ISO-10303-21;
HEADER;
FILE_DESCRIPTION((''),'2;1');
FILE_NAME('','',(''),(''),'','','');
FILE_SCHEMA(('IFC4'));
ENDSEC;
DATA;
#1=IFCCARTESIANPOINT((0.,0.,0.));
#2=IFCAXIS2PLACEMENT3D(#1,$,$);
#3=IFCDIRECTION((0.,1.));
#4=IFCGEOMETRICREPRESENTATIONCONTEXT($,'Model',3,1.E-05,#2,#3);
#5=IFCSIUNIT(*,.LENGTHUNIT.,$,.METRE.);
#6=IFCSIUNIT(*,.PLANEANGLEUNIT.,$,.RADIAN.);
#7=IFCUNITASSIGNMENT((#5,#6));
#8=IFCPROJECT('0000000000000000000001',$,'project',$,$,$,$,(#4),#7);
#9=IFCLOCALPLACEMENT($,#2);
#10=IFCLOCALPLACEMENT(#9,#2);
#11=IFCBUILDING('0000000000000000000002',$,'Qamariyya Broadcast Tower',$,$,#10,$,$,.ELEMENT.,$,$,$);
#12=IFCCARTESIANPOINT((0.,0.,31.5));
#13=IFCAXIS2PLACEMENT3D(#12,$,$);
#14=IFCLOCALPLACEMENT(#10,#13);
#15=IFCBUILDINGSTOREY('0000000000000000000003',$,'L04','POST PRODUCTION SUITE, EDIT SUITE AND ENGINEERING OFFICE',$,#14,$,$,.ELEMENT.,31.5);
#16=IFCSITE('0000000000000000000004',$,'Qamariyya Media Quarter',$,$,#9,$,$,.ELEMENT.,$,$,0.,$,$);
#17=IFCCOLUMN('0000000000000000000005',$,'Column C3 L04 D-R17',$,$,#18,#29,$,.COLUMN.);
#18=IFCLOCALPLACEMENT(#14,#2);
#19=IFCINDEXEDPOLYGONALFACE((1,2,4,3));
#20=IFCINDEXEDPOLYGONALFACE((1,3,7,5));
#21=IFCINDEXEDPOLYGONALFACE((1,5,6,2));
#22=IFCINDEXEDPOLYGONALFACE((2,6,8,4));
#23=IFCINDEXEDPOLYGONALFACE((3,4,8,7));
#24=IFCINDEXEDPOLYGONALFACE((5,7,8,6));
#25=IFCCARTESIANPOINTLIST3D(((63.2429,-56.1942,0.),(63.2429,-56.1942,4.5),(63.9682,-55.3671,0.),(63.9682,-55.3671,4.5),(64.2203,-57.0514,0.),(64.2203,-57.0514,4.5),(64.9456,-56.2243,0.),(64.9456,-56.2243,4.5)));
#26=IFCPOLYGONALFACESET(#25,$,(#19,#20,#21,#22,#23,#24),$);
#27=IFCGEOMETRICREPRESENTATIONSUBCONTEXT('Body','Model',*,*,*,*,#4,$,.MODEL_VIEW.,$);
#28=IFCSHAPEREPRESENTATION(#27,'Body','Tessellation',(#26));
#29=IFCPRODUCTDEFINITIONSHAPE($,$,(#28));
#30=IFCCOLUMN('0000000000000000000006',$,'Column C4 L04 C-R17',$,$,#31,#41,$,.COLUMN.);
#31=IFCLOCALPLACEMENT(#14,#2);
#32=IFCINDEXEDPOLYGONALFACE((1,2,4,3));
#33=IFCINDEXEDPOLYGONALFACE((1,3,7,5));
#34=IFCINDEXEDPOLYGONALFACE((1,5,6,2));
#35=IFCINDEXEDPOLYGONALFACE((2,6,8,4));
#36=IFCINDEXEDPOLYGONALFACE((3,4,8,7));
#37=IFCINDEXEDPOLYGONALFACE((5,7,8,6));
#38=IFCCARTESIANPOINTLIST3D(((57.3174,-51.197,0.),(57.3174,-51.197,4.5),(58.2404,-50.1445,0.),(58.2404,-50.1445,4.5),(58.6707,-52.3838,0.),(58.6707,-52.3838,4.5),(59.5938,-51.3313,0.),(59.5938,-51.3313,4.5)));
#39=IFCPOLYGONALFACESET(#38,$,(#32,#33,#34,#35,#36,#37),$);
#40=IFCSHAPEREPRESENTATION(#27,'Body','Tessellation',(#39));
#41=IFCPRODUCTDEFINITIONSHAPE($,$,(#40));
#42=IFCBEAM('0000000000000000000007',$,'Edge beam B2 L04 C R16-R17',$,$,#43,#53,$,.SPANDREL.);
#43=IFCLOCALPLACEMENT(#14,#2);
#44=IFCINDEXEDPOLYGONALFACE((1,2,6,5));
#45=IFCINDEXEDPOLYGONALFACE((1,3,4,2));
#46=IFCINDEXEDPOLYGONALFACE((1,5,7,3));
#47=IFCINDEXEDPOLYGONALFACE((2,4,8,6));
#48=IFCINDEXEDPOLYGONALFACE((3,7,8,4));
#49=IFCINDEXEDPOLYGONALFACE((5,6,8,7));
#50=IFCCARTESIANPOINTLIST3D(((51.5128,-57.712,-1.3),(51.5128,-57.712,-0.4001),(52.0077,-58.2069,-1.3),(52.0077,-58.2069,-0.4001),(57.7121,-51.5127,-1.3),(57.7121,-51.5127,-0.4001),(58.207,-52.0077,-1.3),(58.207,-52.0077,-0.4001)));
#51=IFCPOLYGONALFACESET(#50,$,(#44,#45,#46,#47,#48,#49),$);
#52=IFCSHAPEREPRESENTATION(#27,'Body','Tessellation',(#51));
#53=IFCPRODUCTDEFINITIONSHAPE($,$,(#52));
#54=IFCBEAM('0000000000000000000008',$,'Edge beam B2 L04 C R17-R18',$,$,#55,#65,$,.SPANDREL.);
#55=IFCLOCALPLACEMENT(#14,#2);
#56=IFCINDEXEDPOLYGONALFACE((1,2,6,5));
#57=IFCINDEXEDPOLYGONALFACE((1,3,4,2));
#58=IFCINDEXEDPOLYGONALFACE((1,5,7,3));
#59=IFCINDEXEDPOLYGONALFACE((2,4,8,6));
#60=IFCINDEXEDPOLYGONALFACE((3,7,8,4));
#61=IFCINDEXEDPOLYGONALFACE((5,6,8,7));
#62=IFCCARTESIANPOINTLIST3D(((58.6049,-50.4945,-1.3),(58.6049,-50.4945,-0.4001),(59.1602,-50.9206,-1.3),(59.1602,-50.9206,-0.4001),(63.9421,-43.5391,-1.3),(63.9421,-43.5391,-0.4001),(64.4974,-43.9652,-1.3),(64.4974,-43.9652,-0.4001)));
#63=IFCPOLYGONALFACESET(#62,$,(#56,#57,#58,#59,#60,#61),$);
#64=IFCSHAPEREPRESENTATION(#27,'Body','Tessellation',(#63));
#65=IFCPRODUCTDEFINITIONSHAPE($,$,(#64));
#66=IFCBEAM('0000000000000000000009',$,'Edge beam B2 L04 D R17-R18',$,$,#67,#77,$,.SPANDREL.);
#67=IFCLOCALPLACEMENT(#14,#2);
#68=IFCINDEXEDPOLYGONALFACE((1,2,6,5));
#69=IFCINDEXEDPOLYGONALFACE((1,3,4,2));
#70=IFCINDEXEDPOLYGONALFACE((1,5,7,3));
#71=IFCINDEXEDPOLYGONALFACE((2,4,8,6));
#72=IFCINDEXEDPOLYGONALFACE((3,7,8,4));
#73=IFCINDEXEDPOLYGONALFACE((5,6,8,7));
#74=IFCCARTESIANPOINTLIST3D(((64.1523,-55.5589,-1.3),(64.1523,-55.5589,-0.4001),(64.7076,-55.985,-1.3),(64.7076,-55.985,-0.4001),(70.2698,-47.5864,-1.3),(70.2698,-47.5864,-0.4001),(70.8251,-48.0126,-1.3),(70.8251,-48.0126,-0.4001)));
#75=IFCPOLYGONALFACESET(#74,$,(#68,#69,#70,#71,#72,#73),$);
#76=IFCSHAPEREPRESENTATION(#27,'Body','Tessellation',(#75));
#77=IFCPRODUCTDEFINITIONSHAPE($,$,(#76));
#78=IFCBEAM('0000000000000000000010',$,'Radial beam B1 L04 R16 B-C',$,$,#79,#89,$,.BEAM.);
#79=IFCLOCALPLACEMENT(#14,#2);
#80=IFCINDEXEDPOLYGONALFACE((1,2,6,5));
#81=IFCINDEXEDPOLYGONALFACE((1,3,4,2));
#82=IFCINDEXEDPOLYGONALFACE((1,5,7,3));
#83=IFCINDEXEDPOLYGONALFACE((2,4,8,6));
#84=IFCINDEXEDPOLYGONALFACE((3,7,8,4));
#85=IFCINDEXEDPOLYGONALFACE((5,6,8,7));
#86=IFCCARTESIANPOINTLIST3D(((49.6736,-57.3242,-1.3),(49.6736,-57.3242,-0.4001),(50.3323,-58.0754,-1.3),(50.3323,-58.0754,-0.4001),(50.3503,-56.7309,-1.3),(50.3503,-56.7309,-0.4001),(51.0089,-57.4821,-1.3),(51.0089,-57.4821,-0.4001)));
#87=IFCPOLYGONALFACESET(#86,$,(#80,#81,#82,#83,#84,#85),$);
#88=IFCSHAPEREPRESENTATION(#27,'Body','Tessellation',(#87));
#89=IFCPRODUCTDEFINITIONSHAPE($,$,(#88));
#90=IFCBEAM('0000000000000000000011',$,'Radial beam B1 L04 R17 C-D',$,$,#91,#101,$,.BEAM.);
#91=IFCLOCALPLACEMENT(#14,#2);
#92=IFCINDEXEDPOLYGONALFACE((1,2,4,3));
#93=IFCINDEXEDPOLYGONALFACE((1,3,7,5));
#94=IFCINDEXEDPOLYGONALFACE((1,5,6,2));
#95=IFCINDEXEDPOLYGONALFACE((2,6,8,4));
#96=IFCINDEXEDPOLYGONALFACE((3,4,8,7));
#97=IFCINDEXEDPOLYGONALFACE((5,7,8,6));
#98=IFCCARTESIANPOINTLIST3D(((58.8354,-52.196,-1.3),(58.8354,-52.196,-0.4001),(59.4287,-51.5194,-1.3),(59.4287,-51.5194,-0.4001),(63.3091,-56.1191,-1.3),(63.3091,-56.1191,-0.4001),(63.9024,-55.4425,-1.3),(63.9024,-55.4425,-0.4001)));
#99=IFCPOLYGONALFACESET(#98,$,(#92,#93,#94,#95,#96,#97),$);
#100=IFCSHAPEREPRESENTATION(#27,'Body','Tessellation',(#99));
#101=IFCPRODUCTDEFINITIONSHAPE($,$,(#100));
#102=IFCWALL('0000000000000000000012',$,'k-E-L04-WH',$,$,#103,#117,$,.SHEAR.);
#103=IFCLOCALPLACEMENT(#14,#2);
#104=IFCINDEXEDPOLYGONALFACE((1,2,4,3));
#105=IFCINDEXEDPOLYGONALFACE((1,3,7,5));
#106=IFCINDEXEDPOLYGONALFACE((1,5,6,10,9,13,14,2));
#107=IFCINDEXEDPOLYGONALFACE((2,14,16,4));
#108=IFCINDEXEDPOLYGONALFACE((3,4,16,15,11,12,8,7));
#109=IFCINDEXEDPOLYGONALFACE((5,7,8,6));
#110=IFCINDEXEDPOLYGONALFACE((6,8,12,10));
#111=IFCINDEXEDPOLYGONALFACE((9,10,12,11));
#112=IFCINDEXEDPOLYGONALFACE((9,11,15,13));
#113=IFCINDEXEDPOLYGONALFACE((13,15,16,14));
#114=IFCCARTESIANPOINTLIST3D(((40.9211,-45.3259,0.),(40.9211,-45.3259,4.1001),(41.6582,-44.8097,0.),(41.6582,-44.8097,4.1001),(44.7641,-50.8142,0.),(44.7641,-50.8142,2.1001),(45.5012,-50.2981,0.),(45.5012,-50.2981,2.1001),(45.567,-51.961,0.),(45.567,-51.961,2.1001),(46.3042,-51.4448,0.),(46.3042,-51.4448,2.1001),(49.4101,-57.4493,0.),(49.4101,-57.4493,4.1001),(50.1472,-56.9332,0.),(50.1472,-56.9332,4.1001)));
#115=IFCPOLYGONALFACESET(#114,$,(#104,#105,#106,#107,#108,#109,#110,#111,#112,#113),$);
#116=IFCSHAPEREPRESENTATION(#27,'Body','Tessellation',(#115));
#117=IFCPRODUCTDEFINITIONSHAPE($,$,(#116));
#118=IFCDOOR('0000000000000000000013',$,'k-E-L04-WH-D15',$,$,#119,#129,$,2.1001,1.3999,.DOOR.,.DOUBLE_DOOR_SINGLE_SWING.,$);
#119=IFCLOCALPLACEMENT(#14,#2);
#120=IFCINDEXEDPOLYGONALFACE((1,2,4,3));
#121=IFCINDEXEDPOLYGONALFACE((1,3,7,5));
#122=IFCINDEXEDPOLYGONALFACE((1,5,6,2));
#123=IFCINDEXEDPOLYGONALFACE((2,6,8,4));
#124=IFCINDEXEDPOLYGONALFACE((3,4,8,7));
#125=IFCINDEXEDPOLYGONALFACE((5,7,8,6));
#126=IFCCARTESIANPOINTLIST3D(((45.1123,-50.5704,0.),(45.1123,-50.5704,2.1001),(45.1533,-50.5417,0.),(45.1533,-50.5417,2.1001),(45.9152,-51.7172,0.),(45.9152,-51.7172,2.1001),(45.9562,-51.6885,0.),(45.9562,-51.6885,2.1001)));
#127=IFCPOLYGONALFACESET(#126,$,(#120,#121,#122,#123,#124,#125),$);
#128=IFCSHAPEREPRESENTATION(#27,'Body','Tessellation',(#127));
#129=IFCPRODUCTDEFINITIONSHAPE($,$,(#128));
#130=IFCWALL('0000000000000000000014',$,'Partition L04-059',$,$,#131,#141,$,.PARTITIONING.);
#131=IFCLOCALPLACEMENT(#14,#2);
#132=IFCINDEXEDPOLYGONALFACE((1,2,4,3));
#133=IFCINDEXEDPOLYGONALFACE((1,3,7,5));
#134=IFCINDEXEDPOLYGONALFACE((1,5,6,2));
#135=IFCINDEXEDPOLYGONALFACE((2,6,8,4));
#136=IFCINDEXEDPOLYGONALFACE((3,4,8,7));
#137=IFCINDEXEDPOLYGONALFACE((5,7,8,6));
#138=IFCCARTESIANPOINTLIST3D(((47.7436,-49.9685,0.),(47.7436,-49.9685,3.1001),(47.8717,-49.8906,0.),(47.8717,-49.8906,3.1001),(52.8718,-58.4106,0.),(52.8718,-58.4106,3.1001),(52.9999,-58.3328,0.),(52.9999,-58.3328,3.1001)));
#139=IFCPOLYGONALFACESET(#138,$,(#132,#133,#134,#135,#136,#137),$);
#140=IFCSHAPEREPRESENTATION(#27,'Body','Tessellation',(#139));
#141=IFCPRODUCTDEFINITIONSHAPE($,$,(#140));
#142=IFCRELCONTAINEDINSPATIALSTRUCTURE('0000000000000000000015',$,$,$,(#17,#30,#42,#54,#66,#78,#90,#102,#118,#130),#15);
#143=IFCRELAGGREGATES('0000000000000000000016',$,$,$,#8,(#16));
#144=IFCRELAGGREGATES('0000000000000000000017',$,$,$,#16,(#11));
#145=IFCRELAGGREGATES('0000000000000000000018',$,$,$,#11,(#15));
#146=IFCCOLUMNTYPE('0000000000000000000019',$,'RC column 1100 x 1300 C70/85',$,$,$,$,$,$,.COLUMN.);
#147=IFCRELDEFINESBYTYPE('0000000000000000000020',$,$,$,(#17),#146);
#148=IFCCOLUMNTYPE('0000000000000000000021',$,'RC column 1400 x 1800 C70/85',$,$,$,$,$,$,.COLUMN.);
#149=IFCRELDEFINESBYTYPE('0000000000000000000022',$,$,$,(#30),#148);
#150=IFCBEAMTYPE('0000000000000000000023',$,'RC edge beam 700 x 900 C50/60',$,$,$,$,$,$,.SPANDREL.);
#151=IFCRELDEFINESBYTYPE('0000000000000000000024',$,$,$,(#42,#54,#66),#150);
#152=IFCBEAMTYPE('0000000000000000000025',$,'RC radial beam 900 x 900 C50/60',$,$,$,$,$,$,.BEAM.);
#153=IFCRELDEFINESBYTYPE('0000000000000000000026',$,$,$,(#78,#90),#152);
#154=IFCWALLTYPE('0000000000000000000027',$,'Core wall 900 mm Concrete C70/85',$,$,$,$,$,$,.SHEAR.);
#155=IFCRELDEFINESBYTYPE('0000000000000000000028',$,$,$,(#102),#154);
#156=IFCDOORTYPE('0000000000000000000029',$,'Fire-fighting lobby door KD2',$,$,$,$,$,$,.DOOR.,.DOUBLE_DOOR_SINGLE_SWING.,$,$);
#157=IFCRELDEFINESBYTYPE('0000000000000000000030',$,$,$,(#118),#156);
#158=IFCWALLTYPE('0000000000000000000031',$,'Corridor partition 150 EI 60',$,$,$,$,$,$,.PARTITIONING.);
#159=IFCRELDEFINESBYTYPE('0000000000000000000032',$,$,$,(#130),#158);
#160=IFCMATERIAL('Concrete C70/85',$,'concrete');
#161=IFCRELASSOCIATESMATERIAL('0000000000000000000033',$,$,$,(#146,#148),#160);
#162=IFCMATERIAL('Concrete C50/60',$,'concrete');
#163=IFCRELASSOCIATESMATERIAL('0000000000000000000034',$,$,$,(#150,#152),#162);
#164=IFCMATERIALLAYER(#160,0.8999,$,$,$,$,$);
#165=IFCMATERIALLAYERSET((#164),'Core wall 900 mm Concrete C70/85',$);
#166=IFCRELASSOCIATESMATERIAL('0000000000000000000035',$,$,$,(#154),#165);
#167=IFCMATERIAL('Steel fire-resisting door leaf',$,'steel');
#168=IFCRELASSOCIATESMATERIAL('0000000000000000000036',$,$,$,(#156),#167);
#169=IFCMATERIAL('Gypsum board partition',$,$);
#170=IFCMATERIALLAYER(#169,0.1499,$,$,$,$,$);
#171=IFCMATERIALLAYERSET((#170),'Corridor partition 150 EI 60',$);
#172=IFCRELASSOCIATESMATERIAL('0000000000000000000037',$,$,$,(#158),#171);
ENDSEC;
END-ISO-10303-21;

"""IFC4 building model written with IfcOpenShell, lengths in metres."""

from ifc_helpers import new_model, si_unit, direction, frame, frame_2d, origin, origin_2d, place, context, subcontext, project, spatial, rectangle, extrude, material, layer, layer_set, material_profile, profile_set, type_object, element, fill, save


model = new_model("IFC4")

# Units and contexts
model_context = context("Model", 3, precision=1e-05, world=origin(), true_north=direction((0.0, 1.0)))
body_context = subcontext(model_context, "Body", "Model", "MODEL_VIEW")
ifc_project = project(units=[si_unit("LENGTHUNIT", "METRE"), si_unit("PLANEANGLEUNIT", "RADIAN")], contexts=[model_context])

# Site, building, storey
site_placement = place(None, origin())
site = spatial("IfcSite", under=ifc_project, at=site_placement, Name="Qamariyya Media Quarter", CompositionType="ELEMENT", RefElevation=0.0)
building_placement = place(site_placement, origin())
building = spatial("IfcBuilding", under=site, at=building_placement, Name="Qamariyya Broadcast Tower", CompositionType="ELEMENT")
storey_placement = place(building_placement, frame((0.0, 0.0, 31.5)))
storey = spatial("IfcBuildingStorey", under=building, at=storey_placement, Name="L04", Description="POST PRODUCTION SUITE, EDIT SUITE AND ENGINEERING OFFICE", CompositionType="ELEMENT", Elevation=31.5)

# Columns
ifc_material_1 = material(Name="Concrete C70/85", Category="concrete")
ifc_material_profile_1 = material_profile(ifc_material_1, rectangle(XDim=1.1001, YDim=1.3, at=origin_2d()))
ifc_profile_set_1 = profile_set([ifc_material_profile_1], Name="Concrete C70/85")
column_type_1 = type_object("IfcColumnType", Name="RC column 1100 x 1300 C70/85", PredefinedType="COLUMN", material=ifc_profile_set_1)
column_1_placement = place(storey_placement, frame((64.0942, -56.2092, 0.0), z_axis=(0.0, 0.0, 1.0), x_axis=(0.659346, 0.75184, 0.0)))
element("IfcColumn", 1, at=column_1_placement, inside=storey, type_object=column_type_1, Name="Column C3 L04 D-R17", PredefinedType="COLUMN", context=body_context, shape_type="SweptSolid", body=[
    extrude(rectangle(XDim=1.1001, YDim=1.3, at=origin_2d()), origin(), (0.0, 0.0, 1.0), 4.5),
])
ifc_material_profile_2 = material_profile(ifc_material_1, rectangle(XDim=1.3999, YDim=1.8, at=origin_2d()))
ifc_profile_set_2 = profile_set([ifc_material_profile_2], Name="Concrete C70/85")
column_type_2 = type_object("IfcColumnType", Name="RC column 1400 x 1800 C70/85", PredefinedType="COLUMN", material=ifc_profile_set_2)
column_2_placement = place(storey_placement, frame((58.4556, -51.2642, 0.0), z_axis=(0.0, 0.0, 1.0), x_axis=(0.659346, 0.75184, 0.0)))
element("IfcColumn", 2, at=column_2_placement, inside=storey, type_object=column_type_2, Name="Column C4 L04 C-R17", PredefinedType="COLUMN", context=body_context, shape_type="SweptSolid", body=[
    extrude(rectangle(XDim=1.3999, YDim=1.8, at=origin_2d()), origin(), (0.0, 0.0, 1.0), 4.5),
])

# Beams
ifc_material_2 = material(Name="Concrete C50/60", Category="concrete")
ifc_material_profile_3 = material_profile(ifc_material_2, rectangle(XDim=0.7, YDim=0.8999, at=origin_2d()))
ifc_profile_set_3 = profile_set([ifc_material_profile_3], Name="Concrete C50/60")
beam_type_1 = type_object("IfcBeamType", Name="RC edge beam 700 x 900 C50/60", PredefinedType="SPANDREL", material=ifc_profile_set_3)
for number, where, z_axis, x_axis, name in (
    (3, (51.7603, -57.9595, -0.8501), (0.707107, 0.707107, 0.0), (-0.707107, 0.707107, 0.0), "Edge beam B2 L04 C R16-R17"),
    (4, (58.8826, -50.7075, -0.8501), (0.608772, 0.793345, 0.0), (-0.793345, 0.608772, 0.0), "Edge beam B2 L04 C R17-R18"),
):
    element("IfcBeam", number, at=place(storey_placement, frame(where, z_axis=z_axis, x_axis=x_axis)), inside=storey, type_object=beam_type_1, Name=name, PredefinedType="SPANDREL", context=body_context, shape_type="SweptSolid", body=[
        extrude(rectangle(XDim=0.7, YDim=0.8999, at=origin_2d()), origin(), (0.0, 0.0, 1.0), 8.7671),
    ])
beam_1_placement = place(storey_placement, frame((64.4299, -55.772, -0.8501), z_axis=(0.60876, 0.793354, 0.0), x_axis=(-0.793354, 0.60876, 0.0)))
element("IfcBeam", 5, at=beam_1_placement, inside=storey, type_object=beam_type_1, Name="Edge beam B2 L04 D R17-R18", PredefinedType="SPANDREL", context=body_context, shape_type="SweptSolid", body=[
    extrude(rectangle(XDim=0.7, YDim=0.8999, at=origin_2d()), origin(), (0.0, 0.0, 1.0), 10.0491),
])
ifc_material_profile_4 = material_profile(ifc_material_2, rectangle(XDim=0.8999, YDim=0.8999, at=origin_2d()))
ifc_profile_set_4 = profile_set([ifc_material_profile_4], Name="Concrete C50/60")
beam_type_2 = type_object("IfcBeamType", Name="RC radial beam 900 x 900 C50/60", PredefinedType="BEAM", material=ifc_profile_set_4)
beam_2_placement = place(storey_placement, frame((50.012, -57.0276, -0.8501), z_axis=(0.659283, -0.751895, 0.0), x_axis=(0.751895, 0.659283, 0.0)))
element("IfcBeam", 6, at=beam_2_placement, inside=storey, type_object=beam_type_2, Name="Radial beam B1 L04 R16 B-C", PredefinedType="BEAM", context=body_context, shape_type="SweptSolid", body=[
    extrude(rectangle(XDim=0.8999, YDim=0.8999, at=origin_2d()), origin(), (0.0, 0.0, 1.0), 0.999),
])
beam_3_placement = place(storey_placement, frame((59.1321, -51.8577, -0.8501), z_axis=(0.751854, -0.659329, 0.0), x_axis=(0.659329, 0.751854, 0.0)))
element("IfcBeam", 7, at=beam_3_placement, inside=storey, type_object=beam_type_2, Name="Radial beam B1 L04 R17 C-D", PredefinedType="BEAM", context=body_context, shape_type="SweptSolid", body=[
    extrude(rectangle(XDim=0.8999, YDim=0.8999, at=origin_2d()), origin(), (0.0, 0.0, 1.0), 5.9502),
])

# Wall, opening, door
ifc_layer_1 = layer(ifc_material_1, 0.8999)
ifc_layer_set_1 = layer_set([ifc_layer_1], Name="Core wall 900 mm Concrete C70/85")
wall_type_1 = type_object("IfcWallType", Name="Core wall 900 mm Concrete C70/85", PredefinedType="SHEAR", material=ifc_layer_set_1)
wall_1_placement = place(storey_placement, frame((49.7786, -57.1912, 0.0), z_axis=(0.0, 0.0, 1.0), x_axis=(-0.573577, 0.819151, 0.0)))
wall_1 = element("IfcWall", 8, at=wall_1_placement, inside=storey, type_object=wall_type_1, Name="k-E-L04-WH", PredefinedType="SHEAR", context=body_context, shape_type="SweptSolid", body=[
    extrude(rectangle(XDim=14.8, YDim=0.8999, at=frame_2d((7.3999, 0.0))), origin(), (0.0, 0.0, 1.0), 4.1001),
])
opening_1_placement = place(wall_1_placement, frame((6.7, 0.0, 0.0)))
opening_1 = element("IfcOpeningElement", 9, at=opening_1_placement, cuts=wall_1, PredefinedType="OPENING", context=body_context, shape_type="SweptSolid", body=[
    extrude(rectangle(XDim=1.3999, YDim=2.1001, at=frame_2d((0.7, 1.05))), frame((0.0, 0.46, 0.0), z_axis=(0.0, -1.0, 0.0), x_axis=(1.0, 0.0, 0.0)), (0.0, 0.0, 1.0), 0.9199),
])
ifc_material_3 = material(Name="Steel fire-resisting door leaf", Category="steel")
door_type = type_object("IfcDoorType", Name="Fire-fighting lobby door KD2", OperationType="DOUBLE_DOOR_SINGLE_SWING", PredefinedType="DOOR", material=ifc_material_3)
door_placement = place(opening_1_placement, origin())
door = element("IfcDoor", 10, at=door_placement, inside=storey, type_object=door_type, Name="k-E-L04-WH-D15", OperationType="DOUBLE_DOOR_SINGLE_SWING", OverallHeight=2.1001, OverallWidth=1.3999, PredefinedType="DOOR", context=body_context, shape_type="SweptSolid", body=[
    extrude(rectangle(XDim=1.3999, YDim=2.1001, at=frame_2d((0.7, 1.05))), frame((0.0, 0.0249, 0.0), z_axis=(0.0, -1.0, 0.0), x_axis=(1.0, 0.0, 0.0)), (0.0, 0.0, 1.0), 0.05),
])
fill(opening_1, door)

# Wall
ifc_material_4 = material(Name="Gypsum board partition")
ifc_layer_2 = layer(ifc_material_4, 0.1499)
ifc_layer_set_2 = layer_set([ifc_layer_2], Name="Corridor partition 150 EI 60")
wall_type_2 = type_object("IfcWallType", Name="Corridor partition 150 EI 60", PredefinedType="PARTITIONING", material=ifc_layer_set_2)
wall_2_placement = place(storey_placement, frame((47.8076, -49.9294, 0.0), z_axis=(0.0, 0.0, 1.0), x_axis=(0.51917, -0.854671, 0.0)))
element("IfcWall", 11, at=wall_2_placement, inside=storey, type_object=wall_type_2, Name="Partition L04-059", PredefinedType="PARTITIONING", context=body_context, shape_type="SweptSolid", body=[
    extrude(rectangle(XDim=9.8777, YDim=0.1499, at=frame_2d((4.939, 0.0))), origin(), (0.0, 0.0, 1.0), 3.1001),
])

save(model, "model.ifc")
